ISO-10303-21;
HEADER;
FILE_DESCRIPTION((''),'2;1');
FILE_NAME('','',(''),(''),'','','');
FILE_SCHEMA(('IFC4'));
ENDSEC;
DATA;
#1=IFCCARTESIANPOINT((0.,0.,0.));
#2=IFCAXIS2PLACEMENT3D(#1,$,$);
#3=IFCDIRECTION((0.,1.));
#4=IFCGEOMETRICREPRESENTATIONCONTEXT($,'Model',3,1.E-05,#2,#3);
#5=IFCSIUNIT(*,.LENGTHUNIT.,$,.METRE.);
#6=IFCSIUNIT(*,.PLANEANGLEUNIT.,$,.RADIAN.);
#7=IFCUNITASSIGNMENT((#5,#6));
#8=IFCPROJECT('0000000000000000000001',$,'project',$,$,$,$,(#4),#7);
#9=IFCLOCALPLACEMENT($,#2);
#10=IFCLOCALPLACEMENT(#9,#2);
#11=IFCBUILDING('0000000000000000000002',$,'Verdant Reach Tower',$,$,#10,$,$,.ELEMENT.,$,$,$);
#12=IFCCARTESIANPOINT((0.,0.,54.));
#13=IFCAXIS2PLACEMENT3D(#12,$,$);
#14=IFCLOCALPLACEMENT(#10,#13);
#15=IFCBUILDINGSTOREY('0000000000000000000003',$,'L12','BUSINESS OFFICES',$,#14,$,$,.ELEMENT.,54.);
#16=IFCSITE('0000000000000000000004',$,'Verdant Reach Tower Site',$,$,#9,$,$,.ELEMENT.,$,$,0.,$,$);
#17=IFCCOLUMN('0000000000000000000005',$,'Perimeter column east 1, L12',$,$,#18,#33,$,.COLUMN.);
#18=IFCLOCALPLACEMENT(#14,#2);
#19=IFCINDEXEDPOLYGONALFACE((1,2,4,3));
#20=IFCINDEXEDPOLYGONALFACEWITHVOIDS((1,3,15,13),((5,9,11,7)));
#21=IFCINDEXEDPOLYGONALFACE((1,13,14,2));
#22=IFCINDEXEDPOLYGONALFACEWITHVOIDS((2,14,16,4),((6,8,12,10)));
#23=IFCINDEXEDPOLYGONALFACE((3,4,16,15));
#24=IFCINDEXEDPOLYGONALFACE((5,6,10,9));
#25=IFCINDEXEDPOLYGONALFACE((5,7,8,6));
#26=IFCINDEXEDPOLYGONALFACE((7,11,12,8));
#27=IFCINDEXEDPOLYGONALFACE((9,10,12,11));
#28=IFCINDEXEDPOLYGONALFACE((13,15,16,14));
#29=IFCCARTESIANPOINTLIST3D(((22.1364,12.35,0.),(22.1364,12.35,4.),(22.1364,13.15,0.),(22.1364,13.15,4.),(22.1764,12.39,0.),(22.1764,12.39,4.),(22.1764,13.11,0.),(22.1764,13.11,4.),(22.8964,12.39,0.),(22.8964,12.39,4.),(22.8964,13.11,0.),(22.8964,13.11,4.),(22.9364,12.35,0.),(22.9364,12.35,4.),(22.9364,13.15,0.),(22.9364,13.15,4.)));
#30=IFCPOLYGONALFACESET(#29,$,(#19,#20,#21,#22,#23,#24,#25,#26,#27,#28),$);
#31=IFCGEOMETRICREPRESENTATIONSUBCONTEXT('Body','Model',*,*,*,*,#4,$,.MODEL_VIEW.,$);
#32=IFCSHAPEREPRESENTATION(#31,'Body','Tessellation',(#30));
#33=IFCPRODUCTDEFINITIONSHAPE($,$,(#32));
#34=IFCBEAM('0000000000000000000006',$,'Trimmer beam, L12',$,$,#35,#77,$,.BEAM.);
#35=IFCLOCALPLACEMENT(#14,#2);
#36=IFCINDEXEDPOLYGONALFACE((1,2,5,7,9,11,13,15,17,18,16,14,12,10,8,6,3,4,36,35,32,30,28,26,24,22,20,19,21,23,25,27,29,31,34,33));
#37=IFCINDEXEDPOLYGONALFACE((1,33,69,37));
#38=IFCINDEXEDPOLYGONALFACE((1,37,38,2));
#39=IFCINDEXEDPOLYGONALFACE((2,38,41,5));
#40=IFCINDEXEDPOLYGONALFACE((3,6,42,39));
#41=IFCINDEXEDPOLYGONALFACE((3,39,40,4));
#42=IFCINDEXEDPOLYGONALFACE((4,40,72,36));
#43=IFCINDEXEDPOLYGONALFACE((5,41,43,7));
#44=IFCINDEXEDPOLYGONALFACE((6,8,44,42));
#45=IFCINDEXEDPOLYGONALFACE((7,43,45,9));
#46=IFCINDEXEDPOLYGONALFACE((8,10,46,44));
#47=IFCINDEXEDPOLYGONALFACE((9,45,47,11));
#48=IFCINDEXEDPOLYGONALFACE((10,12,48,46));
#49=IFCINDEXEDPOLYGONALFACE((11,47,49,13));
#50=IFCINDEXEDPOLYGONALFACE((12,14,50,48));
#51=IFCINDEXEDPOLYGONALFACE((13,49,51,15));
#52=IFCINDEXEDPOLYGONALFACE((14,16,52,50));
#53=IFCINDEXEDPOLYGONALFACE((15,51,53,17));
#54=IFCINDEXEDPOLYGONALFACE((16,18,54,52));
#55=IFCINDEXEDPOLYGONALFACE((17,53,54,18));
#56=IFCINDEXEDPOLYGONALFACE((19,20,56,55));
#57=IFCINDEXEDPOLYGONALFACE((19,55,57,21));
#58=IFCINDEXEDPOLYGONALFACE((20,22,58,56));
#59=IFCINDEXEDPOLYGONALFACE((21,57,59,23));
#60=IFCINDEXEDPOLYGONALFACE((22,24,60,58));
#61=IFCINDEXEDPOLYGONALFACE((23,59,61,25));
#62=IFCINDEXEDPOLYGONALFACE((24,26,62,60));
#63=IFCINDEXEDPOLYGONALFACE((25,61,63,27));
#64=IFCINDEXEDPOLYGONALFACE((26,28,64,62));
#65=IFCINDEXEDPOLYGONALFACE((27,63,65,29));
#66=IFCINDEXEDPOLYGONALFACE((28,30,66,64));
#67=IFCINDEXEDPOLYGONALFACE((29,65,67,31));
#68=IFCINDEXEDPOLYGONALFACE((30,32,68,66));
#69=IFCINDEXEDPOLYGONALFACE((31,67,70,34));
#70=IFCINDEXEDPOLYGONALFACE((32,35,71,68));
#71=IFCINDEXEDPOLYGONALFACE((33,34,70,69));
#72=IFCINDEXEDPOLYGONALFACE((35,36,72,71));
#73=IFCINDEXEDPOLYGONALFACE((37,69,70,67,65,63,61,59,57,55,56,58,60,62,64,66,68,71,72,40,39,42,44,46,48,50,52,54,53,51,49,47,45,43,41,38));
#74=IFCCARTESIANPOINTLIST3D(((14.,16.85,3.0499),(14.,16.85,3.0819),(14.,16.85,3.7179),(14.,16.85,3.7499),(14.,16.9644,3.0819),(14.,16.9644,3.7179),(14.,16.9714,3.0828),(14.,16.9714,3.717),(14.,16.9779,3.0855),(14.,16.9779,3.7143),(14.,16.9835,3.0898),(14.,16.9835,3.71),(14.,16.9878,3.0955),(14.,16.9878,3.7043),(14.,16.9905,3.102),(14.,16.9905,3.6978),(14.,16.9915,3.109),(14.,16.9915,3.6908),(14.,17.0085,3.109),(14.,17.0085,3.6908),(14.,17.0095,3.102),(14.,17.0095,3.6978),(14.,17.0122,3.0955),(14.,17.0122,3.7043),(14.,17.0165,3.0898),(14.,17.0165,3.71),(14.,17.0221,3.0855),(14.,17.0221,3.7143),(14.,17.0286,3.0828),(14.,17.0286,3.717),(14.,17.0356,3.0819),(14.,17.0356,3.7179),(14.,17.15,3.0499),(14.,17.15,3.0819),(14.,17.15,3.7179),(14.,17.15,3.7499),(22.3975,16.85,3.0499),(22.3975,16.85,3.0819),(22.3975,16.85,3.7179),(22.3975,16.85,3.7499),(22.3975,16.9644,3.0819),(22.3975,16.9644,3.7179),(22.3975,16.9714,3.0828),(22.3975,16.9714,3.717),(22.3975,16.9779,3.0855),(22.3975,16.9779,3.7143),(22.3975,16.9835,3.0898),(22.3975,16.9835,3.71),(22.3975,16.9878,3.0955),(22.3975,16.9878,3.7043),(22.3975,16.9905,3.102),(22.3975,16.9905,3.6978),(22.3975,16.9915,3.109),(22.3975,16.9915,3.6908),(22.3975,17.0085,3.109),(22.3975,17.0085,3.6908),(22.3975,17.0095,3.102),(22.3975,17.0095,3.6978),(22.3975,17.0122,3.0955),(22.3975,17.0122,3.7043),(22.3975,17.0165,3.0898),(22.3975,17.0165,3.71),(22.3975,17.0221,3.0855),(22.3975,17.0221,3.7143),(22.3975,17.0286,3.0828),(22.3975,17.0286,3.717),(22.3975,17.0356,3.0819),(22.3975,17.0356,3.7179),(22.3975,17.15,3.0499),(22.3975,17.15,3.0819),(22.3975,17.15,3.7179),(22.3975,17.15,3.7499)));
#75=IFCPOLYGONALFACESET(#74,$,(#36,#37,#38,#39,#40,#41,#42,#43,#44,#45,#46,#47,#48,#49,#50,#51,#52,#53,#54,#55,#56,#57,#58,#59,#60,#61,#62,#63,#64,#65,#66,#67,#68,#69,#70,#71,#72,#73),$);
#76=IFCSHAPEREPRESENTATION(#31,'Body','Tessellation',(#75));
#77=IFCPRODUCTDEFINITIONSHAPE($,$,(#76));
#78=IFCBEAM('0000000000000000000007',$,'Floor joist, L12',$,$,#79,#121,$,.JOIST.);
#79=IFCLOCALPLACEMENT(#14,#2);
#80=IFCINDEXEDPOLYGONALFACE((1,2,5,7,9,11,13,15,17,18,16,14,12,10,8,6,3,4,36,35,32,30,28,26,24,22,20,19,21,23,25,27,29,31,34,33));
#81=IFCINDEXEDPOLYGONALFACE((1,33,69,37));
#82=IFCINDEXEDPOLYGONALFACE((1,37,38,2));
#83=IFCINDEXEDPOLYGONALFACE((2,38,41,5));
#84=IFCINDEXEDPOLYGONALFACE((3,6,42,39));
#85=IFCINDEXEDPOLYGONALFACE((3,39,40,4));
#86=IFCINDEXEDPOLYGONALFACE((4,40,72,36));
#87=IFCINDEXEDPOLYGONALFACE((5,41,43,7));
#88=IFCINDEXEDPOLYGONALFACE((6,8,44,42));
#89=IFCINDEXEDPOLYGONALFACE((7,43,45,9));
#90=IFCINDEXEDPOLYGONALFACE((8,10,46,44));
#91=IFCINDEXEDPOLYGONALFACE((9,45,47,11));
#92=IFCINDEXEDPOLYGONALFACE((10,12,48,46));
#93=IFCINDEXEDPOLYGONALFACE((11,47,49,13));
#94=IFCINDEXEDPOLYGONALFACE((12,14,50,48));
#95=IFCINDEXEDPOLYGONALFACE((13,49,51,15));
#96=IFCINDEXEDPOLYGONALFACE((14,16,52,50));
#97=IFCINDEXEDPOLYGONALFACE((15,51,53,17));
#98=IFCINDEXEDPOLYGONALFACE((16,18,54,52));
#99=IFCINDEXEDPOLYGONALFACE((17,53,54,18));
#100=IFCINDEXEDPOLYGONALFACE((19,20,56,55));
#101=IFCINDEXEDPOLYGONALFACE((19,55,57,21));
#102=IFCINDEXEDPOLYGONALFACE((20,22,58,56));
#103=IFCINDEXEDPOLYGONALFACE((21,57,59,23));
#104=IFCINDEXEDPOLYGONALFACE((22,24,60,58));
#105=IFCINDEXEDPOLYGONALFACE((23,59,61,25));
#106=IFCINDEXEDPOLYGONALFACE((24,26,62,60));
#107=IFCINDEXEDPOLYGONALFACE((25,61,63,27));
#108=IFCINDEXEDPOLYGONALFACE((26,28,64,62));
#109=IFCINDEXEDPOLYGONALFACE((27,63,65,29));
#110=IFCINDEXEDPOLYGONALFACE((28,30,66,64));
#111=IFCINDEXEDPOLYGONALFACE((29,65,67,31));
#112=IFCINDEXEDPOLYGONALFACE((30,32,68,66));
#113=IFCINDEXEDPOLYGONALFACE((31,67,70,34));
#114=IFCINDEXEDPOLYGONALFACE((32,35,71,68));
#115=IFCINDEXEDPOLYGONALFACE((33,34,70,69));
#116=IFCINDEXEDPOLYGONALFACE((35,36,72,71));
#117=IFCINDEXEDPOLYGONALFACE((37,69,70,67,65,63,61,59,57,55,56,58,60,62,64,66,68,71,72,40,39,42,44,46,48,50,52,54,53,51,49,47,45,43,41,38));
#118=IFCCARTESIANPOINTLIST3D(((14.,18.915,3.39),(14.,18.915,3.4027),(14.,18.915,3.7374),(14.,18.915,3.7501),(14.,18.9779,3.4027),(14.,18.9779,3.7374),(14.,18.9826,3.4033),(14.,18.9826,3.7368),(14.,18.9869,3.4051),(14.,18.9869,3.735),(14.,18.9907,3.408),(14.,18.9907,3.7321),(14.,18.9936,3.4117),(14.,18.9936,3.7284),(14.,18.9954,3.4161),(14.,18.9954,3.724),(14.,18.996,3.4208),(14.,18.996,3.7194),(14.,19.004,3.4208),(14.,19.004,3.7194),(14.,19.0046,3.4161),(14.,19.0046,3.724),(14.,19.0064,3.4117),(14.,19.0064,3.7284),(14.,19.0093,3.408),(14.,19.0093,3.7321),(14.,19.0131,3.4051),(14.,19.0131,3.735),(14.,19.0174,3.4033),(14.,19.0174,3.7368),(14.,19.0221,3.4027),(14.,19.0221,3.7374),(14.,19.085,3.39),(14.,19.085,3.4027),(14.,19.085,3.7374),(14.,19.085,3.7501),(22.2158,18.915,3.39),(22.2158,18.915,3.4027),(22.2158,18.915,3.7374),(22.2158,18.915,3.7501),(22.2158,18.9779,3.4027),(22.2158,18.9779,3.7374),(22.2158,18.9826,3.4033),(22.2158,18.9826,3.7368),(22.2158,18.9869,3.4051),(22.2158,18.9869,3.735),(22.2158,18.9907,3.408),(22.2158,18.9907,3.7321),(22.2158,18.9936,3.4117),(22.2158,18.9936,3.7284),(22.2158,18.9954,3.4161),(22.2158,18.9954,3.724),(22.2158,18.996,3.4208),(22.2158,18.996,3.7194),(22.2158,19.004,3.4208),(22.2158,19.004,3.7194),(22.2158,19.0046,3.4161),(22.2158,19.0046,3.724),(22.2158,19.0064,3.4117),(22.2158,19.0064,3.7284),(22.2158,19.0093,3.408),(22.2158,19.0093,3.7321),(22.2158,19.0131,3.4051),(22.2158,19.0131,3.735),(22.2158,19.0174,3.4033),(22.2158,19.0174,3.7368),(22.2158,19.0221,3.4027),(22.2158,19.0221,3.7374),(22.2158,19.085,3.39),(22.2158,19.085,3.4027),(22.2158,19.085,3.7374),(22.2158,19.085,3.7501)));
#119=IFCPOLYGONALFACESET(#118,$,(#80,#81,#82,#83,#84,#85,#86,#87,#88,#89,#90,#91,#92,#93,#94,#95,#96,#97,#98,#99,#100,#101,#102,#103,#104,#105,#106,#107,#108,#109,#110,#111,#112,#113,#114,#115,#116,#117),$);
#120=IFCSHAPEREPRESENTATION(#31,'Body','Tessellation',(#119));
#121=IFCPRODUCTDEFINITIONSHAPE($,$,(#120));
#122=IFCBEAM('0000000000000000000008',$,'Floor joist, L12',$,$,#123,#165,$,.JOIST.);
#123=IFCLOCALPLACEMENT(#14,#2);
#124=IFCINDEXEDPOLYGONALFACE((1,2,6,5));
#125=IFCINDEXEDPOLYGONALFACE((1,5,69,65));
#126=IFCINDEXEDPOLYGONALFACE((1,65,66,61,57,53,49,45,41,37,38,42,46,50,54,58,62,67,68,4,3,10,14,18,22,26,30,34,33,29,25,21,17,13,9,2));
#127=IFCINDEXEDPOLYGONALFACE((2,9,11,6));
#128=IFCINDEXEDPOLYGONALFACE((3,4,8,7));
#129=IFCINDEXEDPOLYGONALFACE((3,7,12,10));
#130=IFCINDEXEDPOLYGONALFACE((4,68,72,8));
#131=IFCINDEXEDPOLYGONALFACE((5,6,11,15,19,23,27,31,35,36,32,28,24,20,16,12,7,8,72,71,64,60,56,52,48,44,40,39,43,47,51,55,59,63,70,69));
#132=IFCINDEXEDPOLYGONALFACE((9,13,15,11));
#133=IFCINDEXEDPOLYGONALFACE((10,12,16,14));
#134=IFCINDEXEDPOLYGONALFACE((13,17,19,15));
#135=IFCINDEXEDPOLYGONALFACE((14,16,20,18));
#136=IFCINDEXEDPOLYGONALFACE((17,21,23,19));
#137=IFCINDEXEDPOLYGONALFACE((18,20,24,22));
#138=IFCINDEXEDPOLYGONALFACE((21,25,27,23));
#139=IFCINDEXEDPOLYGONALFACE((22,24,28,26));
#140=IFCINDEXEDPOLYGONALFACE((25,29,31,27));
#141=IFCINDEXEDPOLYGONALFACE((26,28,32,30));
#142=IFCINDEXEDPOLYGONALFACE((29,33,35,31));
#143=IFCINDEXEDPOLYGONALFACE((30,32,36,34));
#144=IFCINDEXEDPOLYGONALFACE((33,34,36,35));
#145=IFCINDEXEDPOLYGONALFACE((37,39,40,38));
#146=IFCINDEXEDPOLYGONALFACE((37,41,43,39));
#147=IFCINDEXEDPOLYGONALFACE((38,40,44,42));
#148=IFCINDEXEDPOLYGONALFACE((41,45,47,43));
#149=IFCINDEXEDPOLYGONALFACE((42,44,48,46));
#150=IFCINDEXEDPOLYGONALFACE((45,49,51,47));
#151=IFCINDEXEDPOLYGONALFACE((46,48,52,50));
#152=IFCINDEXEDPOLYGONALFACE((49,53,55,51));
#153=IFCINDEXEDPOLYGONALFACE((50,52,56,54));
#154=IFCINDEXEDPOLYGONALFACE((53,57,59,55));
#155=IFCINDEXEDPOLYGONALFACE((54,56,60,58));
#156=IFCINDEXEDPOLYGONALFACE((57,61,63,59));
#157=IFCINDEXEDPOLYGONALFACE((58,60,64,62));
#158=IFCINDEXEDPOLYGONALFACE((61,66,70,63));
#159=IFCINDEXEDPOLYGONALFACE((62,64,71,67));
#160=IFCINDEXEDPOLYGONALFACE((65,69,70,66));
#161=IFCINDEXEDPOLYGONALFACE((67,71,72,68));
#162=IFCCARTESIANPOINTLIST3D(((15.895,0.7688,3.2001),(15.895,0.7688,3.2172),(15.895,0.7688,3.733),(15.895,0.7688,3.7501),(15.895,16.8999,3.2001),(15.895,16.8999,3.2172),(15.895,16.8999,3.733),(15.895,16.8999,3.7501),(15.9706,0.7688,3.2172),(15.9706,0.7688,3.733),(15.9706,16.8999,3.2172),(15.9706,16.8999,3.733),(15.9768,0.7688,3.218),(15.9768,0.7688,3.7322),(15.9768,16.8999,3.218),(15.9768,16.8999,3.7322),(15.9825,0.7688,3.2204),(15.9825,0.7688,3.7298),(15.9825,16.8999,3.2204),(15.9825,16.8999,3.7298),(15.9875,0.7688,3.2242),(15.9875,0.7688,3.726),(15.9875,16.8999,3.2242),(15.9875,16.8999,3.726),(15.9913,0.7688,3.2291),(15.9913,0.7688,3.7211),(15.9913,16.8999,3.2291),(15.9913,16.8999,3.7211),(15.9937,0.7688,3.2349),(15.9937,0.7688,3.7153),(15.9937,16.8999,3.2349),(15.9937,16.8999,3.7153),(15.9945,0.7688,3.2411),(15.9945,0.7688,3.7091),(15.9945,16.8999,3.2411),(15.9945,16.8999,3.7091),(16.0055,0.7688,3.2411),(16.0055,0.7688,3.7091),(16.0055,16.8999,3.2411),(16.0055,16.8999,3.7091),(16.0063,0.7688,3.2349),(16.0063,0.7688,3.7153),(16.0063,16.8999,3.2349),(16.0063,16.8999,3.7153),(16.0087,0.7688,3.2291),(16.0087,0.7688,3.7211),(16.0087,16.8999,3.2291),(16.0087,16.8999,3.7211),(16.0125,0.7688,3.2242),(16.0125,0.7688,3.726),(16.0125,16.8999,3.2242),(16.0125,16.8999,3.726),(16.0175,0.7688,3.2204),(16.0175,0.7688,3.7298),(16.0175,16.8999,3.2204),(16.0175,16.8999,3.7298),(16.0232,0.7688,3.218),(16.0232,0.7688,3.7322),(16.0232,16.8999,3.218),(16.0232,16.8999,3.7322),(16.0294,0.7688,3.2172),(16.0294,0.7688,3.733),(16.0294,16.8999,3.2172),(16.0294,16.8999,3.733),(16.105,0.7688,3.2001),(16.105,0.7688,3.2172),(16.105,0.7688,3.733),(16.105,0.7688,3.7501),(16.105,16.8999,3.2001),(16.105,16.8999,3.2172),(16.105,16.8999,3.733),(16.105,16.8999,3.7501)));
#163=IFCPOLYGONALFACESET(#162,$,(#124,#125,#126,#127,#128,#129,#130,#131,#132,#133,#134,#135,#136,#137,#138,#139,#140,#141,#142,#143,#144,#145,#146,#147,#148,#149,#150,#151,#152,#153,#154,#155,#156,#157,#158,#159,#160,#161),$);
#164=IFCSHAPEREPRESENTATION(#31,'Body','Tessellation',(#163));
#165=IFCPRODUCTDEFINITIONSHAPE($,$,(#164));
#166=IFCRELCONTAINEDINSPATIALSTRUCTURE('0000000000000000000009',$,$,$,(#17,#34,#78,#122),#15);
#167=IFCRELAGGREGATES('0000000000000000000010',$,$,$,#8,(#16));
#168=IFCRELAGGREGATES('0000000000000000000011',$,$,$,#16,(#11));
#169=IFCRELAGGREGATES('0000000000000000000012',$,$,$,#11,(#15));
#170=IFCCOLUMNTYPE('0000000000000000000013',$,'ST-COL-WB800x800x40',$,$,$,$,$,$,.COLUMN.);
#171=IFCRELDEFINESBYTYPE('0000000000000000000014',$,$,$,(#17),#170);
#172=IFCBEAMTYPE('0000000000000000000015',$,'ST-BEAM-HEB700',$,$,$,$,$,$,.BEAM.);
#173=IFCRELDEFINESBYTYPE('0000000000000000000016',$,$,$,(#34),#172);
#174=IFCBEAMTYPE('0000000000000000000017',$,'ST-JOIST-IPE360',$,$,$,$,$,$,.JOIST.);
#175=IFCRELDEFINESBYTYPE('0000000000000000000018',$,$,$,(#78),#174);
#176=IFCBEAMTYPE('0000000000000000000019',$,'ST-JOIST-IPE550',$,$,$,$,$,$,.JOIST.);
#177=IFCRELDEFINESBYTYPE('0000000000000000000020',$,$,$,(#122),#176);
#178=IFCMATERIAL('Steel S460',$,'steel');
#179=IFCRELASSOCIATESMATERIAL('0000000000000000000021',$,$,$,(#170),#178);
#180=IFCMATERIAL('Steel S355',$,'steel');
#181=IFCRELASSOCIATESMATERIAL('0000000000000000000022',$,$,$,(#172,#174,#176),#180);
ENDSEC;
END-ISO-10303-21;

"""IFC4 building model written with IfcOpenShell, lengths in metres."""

from ifc_helpers import new_model, si_unit, direction, frame, origin, origin_2d, place, context, subcontext, project, spatial, hollow_rectangle, i_section, extrude, material, material_profile, profile_set, type_object, element, save


model = new_model("IFC4")

# Units and contexts
model_context = context("Model", 3, precision=1e-05, world=origin(), true_north=direction((0.0, 1.0)))
body_context = subcontext(model_context, "Body", "Model", "MODEL_VIEW")
ifc_project = project(units=[si_unit("LENGTHUNIT", "METRE"), si_unit("PLANEANGLEUNIT", "RADIAN")], contexts=[model_context])

# Site, building, storey
site_placement = place(None, origin())
site = spatial("IfcSite", under=ifc_project, at=site_placement, Name="Verdant Reach Tower Site", CompositionType="ELEMENT", RefElevation=0.0)
building_placement = place(site_placement, origin())
building = spatial("IfcBuilding", under=site, at=building_placement, Name="Verdant Reach Tower", CompositionType="ELEMENT")
storey_placement = place(building_placement, frame((0.0, 0.0, 54.0)))
storey = spatial("IfcBuildingStorey", under=building, at=storey_placement, Name="L12", Description="BUSINESS OFFICES", CompositionType="ELEMENT", Elevation=54.0)

# Column
ifc_material_1 = material(Name="Steel S460", Category="steel")
ifc_material_profile_1 = material_profile(ifc_material_1, hollow_rectangle(XDim=0.8, YDim=0.8, WallThickness=0.04, at=origin_2d()), Name="WB 800x800x40")
ifc_profile_set_1 = profile_set([ifc_material_profile_1], Name="Steel S460")
column_type = type_object("IfcColumnType", Name="ST-COL-WB800x800x40", PredefinedType="COLUMN", material=ifc_profile_set_1)
column_placement = place(storey_placement, frame((22.5364, 12.75, 0.0), z_axis=(0.0, 0.0, 1.0), x_axis=(1.0, 0.0, 0.0)))
element("IfcColumn", 1, at=column_placement, inside=storey, type_object=column_type, Name="Perimeter column east 1, L12", PredefinedType="COLUMN", context=body_context, shape_type="SweptSolid", body=[
    extrude(hollow_rectangle(XDim=0.8, YDim=0.8, WallThickness=0.04, at=origin_2d()), origin(), (0.0, 0.0, 1.0), 4.0),
])

# Beams
ifc_material_2 = material(Name="Steel S355", Category="steel")
ifc_material_profile_2 = material_profile(ifc_material_2, i_section(OverallWidth=0.3, OverallDepth=0.7, WebThickness=0.0171, FlangeThickness=0.032, FilletRadius=0.0271, at=origin_2d()), Name="HEB 700")
ifc_profile_set_2 = profile_set([ifc_material_profile_2], Name="Steel S355")
beam_type_1 = type_object("IfcBeamType", Name="ST-BEAM-HEB700", PredefinedType="BEAM", material=ifc_profile_set_2)
beam_1_placement = place(storey_placement, frame((14.0, 17.0, 3.3999), z_axis=(1.0, 0.0, 0.0), x_axis=(0.0, 1.0, 0.0)))
element("IfcBeam", 2, at=beam_1_placement, inside=storey, type_object=beam_type_1, Name="Trimmer beam, L12", PredefinedType="BEAM", context=body_context, shape_type="SweptSolid", body=[
    extrude(i_section(OverallWidth=0.3, OverallDepth=0.7, WebThickness=0.0171, FlangeThickness=0.032, FilletRadius=0.0271, at=origin_2d()), origin(), (0.0, 0.0, 1.0), 8.3975),
])
ifc_material_profile_3 = material_profile(ifc_material_2, i_section(OverallWidth=0.1699, OverallDepth=0.3601, WebThickness=0.0081, FlangeThickness=0.0127, FilletRadius=0.0181, at=origin_2d()), Name="IPE 360")
ifc_profile_set_3 = profile_set([ifc_material_profile_3], Name="Steel S355")
beam_type_2 = type_object("IfcBeamType", Name="ST-JOIST-IPE360", PredefinedType="JOIST", material=ifc_profile_set_3)
beam_2_placement = place(storey_placement, frame((14.0, 19.0, 3.5701), z_axis=(1.0, 0.0, 0.0), x_axis=(0.0, 1.0, 0.0)))
element("IfcBeam", 3, at=beam_2_placement, inside=storey, type_object=beam_type_2, Name="Floor joist, L12", PredefinedType="JOIST", context=body_context, shape_type="SweptSolid", body=[
    extrude(i_section(OverallWidth=0.1699, OverallDepth=0.3601, WebThickness=0.0081, FlangeThickness=0.0127, FilletRadius=0.0181, at=origin_2d()), origin(), (0.0, 0.0, 1.0), 8.2158),
])
ifc_material_profile_4 = material_profile(ifc_material_2, i_section(OverallWidth=0.21, OverallDepth=0.55, WebThickness=0.011, FlangeThickness=0.0171, FilletRadius=0.0239, at=origin_2d()), Name="IPE 550")
ifc_profile_set_4 = profile_set([ifc_material_profile_4], Name="Steel S355")
beam_type_3 = type_object("IfcBeamType", Name="ST-JOIST-IPE550", PredefinedType="JOIST", material=ifc_profile_set_4)
beam_3_placement = place(storey_placement, frame((16.0, 16.8999, 3.4751), z_axis=(0.0, -1.0, 0.0), x_axis=(1.0, 0.0, 0.0)))
element("IfcBeam", 4, at=beam_3_placement, inside=storey, type_object=beam_type_3, Name="Floor joist, L12", PredefinedType="JOIST", context=body_context, shape_type="SweptSolid", body=[
    extrude(i_section(OverallWidth=0.21, OverallDepth=0.55, WebThickness=0.011, FlangeThickness=0.0171, FilletRadius=0.0239, at=origin_2d()), origin(), (0.0, 0.0, 1.0), 16.1311),
])

save(model, "model.ifc")
